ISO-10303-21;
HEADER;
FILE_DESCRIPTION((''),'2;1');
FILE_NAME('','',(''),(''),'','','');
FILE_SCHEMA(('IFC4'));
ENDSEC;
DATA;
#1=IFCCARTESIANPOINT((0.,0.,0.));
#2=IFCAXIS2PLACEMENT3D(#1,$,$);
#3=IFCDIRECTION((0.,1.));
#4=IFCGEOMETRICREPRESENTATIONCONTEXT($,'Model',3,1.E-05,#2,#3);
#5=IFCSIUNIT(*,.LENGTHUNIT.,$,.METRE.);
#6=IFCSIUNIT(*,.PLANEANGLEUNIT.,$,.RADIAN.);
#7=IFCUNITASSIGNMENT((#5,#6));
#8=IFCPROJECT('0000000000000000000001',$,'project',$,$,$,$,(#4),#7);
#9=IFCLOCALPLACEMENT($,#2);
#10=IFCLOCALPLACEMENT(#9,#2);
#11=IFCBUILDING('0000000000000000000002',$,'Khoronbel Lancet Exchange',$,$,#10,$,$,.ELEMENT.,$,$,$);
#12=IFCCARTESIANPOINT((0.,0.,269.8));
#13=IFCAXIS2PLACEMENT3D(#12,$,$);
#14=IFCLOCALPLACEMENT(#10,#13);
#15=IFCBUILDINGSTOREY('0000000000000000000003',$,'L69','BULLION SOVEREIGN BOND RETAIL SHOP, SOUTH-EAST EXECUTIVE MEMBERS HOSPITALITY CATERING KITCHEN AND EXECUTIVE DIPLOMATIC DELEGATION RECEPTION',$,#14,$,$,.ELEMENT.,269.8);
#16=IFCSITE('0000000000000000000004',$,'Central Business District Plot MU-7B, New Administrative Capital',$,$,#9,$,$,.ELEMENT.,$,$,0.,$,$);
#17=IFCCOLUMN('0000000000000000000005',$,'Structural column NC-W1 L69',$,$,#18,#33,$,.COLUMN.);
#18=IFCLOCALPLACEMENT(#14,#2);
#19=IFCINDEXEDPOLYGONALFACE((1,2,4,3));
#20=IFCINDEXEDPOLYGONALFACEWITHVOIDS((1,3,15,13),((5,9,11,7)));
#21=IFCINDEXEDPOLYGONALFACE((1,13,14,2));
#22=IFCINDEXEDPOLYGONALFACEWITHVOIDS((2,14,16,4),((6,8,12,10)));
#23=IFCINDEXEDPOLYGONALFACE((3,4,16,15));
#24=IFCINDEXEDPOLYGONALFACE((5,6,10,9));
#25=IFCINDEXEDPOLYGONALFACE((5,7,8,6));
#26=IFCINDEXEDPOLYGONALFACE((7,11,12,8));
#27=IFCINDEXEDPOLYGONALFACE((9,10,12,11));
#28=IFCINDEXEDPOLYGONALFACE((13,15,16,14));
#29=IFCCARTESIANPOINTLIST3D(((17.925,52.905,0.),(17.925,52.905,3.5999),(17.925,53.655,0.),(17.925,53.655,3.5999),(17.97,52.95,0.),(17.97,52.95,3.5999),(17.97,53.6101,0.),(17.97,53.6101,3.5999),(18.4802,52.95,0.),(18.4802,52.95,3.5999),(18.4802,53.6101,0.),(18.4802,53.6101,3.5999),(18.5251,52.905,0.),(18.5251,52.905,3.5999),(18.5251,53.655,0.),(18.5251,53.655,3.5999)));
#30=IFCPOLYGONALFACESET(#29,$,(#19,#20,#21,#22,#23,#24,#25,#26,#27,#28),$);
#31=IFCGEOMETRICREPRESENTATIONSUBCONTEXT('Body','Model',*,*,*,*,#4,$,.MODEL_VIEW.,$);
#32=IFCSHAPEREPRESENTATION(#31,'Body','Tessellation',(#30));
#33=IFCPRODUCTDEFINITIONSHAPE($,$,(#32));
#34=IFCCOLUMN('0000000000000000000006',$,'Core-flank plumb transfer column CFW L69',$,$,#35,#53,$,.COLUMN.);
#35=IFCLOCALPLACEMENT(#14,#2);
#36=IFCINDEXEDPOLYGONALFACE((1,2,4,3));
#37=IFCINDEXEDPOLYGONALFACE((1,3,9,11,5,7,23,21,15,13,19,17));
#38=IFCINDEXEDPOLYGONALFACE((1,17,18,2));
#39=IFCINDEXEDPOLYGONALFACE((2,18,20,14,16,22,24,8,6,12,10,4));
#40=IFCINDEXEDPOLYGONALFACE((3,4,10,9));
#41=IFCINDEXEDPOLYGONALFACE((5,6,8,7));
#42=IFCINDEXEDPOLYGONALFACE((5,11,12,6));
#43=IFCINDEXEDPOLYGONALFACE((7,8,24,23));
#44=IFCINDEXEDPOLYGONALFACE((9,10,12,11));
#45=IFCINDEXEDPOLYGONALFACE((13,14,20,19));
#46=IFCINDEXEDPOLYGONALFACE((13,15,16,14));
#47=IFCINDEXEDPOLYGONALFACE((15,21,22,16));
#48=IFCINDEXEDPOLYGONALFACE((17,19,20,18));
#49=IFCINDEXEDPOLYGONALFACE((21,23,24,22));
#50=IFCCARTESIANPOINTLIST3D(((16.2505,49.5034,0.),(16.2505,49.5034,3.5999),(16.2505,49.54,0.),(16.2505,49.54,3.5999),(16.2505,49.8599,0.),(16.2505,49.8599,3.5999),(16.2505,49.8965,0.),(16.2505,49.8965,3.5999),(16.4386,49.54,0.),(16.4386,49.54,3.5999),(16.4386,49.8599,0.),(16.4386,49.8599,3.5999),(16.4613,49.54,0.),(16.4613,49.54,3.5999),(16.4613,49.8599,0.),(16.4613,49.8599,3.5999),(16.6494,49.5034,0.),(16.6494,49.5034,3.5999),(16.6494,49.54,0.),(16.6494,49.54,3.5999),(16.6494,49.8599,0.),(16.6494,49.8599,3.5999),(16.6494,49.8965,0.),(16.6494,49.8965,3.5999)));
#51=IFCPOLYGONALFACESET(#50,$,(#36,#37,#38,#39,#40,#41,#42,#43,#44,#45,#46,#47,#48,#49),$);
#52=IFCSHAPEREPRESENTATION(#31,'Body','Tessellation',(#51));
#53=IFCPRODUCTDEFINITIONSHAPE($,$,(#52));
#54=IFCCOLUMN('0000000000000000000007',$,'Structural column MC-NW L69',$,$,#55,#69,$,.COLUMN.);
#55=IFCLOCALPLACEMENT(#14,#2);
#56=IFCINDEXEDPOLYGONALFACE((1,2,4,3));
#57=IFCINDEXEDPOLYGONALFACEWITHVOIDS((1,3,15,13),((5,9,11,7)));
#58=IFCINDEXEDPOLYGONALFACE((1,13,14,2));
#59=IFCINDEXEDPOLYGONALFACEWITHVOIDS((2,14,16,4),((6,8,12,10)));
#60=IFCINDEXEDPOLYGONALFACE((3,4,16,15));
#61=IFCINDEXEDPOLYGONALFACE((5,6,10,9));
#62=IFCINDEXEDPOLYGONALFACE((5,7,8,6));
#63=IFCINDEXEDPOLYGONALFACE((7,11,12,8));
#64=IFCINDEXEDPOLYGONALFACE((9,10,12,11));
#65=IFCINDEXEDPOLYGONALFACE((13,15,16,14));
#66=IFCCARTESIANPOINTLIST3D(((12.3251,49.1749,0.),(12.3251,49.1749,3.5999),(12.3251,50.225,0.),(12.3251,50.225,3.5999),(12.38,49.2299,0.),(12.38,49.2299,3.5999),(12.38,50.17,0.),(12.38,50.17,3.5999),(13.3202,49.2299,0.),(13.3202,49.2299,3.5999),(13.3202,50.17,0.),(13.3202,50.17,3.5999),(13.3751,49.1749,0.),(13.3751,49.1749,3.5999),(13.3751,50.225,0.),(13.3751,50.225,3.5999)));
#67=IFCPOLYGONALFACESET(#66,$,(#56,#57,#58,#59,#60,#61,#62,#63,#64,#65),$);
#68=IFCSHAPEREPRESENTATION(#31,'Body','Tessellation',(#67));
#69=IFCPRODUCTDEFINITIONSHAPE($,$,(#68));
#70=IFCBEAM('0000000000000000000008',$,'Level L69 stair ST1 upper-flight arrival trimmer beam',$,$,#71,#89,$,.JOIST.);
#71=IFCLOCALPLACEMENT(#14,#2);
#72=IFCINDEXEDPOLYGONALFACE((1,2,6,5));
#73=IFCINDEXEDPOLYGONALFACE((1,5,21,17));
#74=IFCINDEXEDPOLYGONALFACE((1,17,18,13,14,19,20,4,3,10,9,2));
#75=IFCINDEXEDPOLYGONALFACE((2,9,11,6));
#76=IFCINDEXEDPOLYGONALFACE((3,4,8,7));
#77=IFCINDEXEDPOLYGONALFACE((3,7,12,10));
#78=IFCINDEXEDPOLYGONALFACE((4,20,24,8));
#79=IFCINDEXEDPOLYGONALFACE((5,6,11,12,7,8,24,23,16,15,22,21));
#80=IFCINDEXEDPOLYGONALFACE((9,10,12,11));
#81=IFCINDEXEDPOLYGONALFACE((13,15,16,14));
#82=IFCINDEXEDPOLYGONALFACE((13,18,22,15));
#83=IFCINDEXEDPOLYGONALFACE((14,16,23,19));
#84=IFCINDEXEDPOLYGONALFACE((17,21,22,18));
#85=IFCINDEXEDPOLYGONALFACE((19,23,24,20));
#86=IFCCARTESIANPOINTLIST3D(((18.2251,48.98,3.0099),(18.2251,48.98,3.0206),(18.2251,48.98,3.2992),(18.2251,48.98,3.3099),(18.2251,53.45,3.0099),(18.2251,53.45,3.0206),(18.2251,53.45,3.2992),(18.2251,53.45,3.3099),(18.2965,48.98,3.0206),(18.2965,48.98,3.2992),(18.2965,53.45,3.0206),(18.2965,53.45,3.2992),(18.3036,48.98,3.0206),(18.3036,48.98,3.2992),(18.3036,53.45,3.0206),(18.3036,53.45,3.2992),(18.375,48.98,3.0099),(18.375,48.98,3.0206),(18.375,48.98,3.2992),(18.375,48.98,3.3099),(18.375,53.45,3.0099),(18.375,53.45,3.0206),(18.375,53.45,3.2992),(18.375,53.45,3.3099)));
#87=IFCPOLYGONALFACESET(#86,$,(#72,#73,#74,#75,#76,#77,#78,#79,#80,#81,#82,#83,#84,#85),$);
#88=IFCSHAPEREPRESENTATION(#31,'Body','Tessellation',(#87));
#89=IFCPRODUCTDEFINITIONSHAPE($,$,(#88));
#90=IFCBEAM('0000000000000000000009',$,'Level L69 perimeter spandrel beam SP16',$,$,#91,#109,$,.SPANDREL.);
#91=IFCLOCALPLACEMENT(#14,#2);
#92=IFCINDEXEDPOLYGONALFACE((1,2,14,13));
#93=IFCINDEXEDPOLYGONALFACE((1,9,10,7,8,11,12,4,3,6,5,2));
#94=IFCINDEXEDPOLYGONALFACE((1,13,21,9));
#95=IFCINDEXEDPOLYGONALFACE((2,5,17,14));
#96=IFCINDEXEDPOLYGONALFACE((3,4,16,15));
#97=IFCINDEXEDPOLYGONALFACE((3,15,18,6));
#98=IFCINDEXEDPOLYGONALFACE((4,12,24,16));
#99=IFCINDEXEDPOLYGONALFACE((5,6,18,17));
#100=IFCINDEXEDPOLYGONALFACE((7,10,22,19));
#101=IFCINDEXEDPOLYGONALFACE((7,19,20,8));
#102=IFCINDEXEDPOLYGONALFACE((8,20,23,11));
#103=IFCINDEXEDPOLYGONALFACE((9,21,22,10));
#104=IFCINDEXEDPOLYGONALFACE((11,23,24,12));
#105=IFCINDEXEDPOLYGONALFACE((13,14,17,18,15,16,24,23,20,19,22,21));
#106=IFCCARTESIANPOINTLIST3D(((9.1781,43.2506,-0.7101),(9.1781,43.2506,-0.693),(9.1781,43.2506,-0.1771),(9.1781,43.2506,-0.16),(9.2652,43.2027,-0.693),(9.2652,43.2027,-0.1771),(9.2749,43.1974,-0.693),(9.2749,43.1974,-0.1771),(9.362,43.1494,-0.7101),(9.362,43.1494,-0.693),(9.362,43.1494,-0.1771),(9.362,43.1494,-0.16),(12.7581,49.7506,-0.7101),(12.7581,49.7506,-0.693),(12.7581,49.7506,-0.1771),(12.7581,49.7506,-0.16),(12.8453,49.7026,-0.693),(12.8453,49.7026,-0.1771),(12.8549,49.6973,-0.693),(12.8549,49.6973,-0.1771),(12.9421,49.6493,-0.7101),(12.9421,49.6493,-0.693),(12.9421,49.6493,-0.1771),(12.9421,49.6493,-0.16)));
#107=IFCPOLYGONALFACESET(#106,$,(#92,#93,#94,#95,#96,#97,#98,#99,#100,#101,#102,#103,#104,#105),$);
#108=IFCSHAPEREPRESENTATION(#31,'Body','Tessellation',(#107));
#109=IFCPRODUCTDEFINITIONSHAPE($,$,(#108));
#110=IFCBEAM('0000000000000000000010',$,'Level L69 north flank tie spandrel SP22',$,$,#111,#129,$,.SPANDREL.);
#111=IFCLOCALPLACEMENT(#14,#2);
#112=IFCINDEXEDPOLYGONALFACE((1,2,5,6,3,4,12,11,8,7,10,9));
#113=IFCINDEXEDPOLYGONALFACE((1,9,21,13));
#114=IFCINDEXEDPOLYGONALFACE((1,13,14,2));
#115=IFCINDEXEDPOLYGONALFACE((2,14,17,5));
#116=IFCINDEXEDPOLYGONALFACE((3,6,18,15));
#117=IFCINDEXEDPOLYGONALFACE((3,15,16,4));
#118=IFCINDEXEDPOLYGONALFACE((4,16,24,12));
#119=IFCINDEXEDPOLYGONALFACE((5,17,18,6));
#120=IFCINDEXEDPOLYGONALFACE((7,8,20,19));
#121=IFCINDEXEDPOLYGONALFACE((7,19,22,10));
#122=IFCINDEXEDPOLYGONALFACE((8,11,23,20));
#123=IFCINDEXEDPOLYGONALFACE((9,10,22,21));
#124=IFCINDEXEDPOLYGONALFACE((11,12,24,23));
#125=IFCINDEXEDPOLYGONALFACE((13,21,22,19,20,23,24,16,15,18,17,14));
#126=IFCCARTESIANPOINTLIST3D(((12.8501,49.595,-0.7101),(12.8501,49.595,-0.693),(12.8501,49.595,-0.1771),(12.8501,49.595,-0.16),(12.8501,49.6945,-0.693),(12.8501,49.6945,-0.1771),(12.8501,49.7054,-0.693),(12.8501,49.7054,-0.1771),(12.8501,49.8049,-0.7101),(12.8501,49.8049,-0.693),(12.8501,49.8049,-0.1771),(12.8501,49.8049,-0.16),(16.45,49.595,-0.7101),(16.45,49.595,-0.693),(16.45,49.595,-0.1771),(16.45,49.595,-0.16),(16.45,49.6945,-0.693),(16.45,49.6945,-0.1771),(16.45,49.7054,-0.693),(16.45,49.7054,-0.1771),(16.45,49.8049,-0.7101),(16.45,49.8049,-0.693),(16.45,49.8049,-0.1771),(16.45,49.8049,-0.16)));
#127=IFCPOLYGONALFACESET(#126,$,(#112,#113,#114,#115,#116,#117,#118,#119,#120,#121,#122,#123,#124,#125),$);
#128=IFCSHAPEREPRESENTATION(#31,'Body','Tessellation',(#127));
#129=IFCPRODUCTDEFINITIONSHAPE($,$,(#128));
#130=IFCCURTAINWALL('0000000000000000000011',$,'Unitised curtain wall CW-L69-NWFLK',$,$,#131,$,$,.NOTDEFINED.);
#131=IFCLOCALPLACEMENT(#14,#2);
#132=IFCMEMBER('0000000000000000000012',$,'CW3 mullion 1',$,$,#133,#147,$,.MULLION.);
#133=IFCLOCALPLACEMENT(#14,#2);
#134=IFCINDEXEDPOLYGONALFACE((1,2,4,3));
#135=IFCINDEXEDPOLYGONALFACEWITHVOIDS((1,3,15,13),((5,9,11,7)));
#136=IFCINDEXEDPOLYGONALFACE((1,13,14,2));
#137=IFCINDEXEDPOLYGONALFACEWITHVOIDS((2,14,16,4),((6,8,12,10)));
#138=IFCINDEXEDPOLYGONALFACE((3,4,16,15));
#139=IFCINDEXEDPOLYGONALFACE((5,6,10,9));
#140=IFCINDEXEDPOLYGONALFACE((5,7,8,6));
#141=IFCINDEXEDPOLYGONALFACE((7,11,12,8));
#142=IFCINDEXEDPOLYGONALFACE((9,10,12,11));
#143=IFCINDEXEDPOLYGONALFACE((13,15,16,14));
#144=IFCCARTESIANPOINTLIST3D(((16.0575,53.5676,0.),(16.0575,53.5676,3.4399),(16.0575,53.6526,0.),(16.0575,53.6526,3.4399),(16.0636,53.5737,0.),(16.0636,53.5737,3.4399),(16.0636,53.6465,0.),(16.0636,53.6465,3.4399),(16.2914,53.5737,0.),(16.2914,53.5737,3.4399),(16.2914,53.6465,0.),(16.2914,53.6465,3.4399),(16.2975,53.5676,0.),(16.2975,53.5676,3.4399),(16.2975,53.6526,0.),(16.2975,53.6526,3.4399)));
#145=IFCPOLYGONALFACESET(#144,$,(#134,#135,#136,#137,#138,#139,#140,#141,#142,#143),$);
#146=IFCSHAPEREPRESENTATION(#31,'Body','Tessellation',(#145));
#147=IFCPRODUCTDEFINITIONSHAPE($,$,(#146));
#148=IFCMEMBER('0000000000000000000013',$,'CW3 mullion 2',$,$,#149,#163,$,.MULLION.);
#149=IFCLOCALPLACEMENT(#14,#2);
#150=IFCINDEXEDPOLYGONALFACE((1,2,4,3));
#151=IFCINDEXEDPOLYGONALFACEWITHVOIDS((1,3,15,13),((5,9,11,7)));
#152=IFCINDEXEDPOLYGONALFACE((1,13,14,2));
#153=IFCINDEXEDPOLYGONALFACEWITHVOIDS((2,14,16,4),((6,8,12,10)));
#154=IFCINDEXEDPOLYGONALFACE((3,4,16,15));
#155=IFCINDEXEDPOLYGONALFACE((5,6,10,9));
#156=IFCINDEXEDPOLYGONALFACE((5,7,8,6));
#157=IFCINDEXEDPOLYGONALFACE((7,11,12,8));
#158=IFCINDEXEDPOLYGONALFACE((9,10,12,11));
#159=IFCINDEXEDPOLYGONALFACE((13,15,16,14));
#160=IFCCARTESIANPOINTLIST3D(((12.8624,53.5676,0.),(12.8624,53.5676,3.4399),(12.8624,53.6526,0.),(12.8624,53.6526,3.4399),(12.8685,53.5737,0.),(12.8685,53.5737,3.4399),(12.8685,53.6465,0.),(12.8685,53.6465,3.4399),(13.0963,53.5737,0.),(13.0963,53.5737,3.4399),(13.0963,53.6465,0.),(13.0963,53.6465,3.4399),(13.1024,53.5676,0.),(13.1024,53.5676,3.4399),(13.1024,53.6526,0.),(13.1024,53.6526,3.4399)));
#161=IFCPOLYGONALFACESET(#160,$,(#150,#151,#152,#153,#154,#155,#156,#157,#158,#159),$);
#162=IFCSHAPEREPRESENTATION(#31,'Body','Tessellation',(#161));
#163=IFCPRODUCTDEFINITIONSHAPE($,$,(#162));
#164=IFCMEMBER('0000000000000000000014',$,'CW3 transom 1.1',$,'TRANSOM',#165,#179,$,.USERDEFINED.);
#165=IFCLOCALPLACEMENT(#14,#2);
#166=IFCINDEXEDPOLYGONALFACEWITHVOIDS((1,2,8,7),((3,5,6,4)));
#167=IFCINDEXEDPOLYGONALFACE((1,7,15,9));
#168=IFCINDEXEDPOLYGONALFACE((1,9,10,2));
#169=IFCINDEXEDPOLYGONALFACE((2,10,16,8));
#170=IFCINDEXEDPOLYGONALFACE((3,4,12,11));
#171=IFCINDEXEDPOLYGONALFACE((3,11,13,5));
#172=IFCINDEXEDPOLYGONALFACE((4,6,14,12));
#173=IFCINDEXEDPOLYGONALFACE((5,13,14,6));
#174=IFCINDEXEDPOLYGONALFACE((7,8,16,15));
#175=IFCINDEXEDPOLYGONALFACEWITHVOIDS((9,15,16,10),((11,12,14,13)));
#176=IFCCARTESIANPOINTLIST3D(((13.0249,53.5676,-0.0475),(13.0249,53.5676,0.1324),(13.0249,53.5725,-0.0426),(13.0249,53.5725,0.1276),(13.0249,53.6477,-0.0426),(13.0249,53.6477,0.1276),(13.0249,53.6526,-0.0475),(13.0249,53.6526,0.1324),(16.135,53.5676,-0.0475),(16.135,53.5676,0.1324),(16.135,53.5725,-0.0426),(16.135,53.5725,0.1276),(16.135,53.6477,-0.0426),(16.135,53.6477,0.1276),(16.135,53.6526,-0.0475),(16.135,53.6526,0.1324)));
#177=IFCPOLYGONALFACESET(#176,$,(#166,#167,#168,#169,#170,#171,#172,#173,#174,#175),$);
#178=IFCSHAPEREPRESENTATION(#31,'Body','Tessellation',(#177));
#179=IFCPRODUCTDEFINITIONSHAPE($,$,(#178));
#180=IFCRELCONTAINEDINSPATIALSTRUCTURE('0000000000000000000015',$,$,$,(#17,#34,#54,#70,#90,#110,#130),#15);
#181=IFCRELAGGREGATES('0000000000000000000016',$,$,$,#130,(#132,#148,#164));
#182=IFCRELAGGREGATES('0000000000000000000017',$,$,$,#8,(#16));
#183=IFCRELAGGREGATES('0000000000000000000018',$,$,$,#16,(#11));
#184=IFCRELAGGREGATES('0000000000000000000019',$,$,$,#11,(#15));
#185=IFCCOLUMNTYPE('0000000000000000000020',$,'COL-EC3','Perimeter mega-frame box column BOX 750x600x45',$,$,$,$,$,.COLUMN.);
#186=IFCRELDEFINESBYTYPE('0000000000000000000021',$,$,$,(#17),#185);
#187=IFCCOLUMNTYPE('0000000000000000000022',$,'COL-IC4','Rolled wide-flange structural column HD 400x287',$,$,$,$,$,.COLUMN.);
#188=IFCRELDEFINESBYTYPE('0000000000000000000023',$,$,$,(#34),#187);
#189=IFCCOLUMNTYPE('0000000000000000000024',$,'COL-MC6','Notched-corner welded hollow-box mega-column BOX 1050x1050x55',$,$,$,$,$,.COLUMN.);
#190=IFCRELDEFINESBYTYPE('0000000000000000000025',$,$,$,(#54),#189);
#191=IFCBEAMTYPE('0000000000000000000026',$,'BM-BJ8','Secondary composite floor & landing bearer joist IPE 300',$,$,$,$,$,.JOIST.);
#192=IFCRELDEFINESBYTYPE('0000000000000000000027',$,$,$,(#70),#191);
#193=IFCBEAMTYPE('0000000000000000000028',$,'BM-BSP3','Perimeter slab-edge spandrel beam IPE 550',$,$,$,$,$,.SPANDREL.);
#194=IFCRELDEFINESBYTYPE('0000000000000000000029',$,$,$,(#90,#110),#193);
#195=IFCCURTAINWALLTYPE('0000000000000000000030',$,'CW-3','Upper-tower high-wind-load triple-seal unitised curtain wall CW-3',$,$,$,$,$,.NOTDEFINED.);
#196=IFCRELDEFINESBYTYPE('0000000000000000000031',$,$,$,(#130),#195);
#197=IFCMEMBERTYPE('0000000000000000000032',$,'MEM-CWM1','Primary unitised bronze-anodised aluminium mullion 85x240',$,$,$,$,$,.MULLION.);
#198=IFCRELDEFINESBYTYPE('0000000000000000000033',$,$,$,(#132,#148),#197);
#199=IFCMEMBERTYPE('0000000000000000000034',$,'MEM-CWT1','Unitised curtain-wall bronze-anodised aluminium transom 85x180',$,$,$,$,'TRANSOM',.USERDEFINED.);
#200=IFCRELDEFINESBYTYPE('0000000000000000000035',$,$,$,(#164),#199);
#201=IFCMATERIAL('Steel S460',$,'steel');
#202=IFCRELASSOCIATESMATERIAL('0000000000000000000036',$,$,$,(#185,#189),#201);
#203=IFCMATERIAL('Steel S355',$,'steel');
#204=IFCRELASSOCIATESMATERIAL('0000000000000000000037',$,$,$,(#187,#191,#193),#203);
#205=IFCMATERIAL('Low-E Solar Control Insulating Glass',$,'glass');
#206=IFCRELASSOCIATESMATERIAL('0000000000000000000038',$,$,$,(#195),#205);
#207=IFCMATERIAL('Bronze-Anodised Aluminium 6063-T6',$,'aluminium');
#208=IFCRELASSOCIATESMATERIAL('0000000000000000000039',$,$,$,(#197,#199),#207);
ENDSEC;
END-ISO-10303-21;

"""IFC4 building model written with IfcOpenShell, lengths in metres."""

from ifc_helpers import new_model, si_unit, direction, frame, origin, origin_2d, place, context, subcontext, project, spatial, hollow_rectangle, i_section, extrude, material, material_profile, profile_set, type_object, element, aggregate, save


model = new_model("IFC4")

# Units and contexts
model_context = context("Model", 3, precision=1e-05, world=origin(), true_north=direction((0.0, 1.0)))
body_context = subcontext(model_context, "Body", "Model", "MODEL_VIEW")
ifc_project = project(units=[si_unit("LENGTHUNIT", "METRE"), si_unit("PLANEANGLEUNIT", "RADIAN")], contexts=[model_context])

# Site, building, storey
site_placement = place(None, origin())
site = spatial("IfcSite", under=ifc_project, at=site_placement, Name="Central Business District Plot MU-7B, New Administrative Capital", CompositionType="ELEMENT", RefElevation=0.0)
building_placement = place(site_placement, origin())
building = spatial("IfcBuilding", under=site, at=building_placement, Name="Khoronbel Lancet Exchange", CompositionType="ELEMENT")
storey_placement = place(building_placement, frame((0.0, 0.0, 269.8)))
storey = spatial("IfcBuildingStorey", under=building, at=storey_placement, Name="L69", Description="BULLION SOVEREIGN BOND RETAIL SHOP, SOUTH-EAST EXECUTIVE MEMBERS HOSPITALITY CATERING KITCHEN AND EXECUTIVE DIPLOMATIC DELEGATION RECEPTION", CompositionType="ELEMENT", Elevation=269.8)

# Columns
ifc_material_1 = material(Name="Steel S460", Category="steel")
ifc_material_profile_1 = material_profile(ifc_material_1, hollow_rectangle(XDim=0.6001, YDim=0.75, WallThickness=0.0449, at=origin_2d()), Name="BOX 750x600x45")
ifc_profile_set_1 = profile_set([ifc_material_profile_1], Name="Steel S460")
column_type_1 = type_object("IfcColumnType", Name="COL-EC3", Description="Perimeter mega-frame box column BOX 750x600x45", PredefinedType="COLUMN", material=ifc_profile_set_1)
column_1_placement = place(storey_placement, frame((18.2251, 53.28, 0.0), z_axis=(0.0, 0.0, 1.0), x_axis=(1.0, 0.0, 0.0)))
element("IfcColumn", 1, at=column_1_placement, inside=storey, type_object=column_type_1, Name="Structural column NC-W1 L69", PredefinedType="COLUMN", context=body_context, shape_type="SweptSolid", body=[
    extrude(hollow_rectangle(XDim=0.6001, YDim=0.75, WallThickness=0.0449, at=origin_2d()), origin(), (0.0, 0.0, 1.0), 3.5999),
])
ifc_material_2 = material(Name="Steel S355", Category="steel")
ifc_material_profile_2 = material_profile(ifc_material_2, i_section(OverallWidth=0.3989, OverallDepth=0.3931, WebThickness=0.0227, FlangeThickness=0.0366, at=origin_2d()), Name="HD 400x287")
ifc_profile_set_2 = profile_set([ifc_material_profile_2], Name="Steel S355")
column_type_2 = type_object("IfcColumnType", Name="COL-IC4", Description="Rolled wide-flange structural column HD 400x287", PredefinedType="COLUMN", material=ifc_profile_set_2)
column_2_placement = place(storey_placement, frame((16.45, 49.7, 0.0), z_axis=(0.0, 0.0, 1.0), x_axis=(1.0, 0.0, 0.0)))
element("IfcColumn", 2, at=column_2_placement, inside=storey, type_object=column_type_2, Name="Core-flank plumb transfer column CFW L69", PredefinedType="COLUMN", context=body_context, shape_type="SweptSolid", body=[
    extrude(i_section(OverallWidth=0.3989, OverallDepth=0.3931, WebThickness=0.0227, FlangeThickness=0.0366, at=origin_2d()), origin(), (0.0, 0.0, 1.0), 3.5999),
])
ifc_material_profile_3 = material_profile(ifc_material_1, hollow_rectangle(XDim=1.05, YDim=1.05, WallThickness=0.0549, at=origin_2d()), Name="BOX 1050x1050x55")
ifc_profile_set_3 = profile_set([ifc_material_profile_3], Name="Steel S460")
column_type_3 = type_object("IfcColumnType", Name="COL-MC6", Description="Notched-corner welded hollow-box mega-column BOX 1050x1050x55", PredefinedType="COLUMN", material=ifc_profile_set_3)
column_3_placement = place(storey_placement, frame((12.8501, 49.7, 0.0), z_axis=(0.0, 0.0, 1.0), x_axis=(1.0, 0.0, 0.0)))
element("IfcColumn", 3, at=column_3_placement, inside=storey, type_object=column_type_3, Name="Structural column MC-NW L69", PredefinedType="COLUMN", context=body_context, shape_type="SweptSolid", body=[
    extrude(hollow_rectangle(XDim=1.05, YDim=1.05, WallThickness=0.0549, at=origin_2d()), origin(), (0.0, 0.0, 1.0), 3.5999),
])

# Beams
ifc_material_profile_4 = material_profile(ifc_material_2, i_section(OverallWidth=0.1499, OverallDepth=0.3, WebThickness=0.0071, FlangeThickness=0.0107, at=origin_2d()), Name="IPE 300")
ifc_profile_set_4 = profile_set([ifc_material_profile_4], Name="Steel S355")
beam_type_1 = type_object("IfcBeamType", Name="BM-BJ8", Description="Secondary composite floor & landing bearer joist IPE 300", PredefinedType="JOIST", material=ifc_profile_set_4)
beam_1_placement = place(storey_placement, frame((18.3, 48.98, 3.1599), z_axis=(0.0, 1.0, 0.0), x_axis=(-1.0, 0.0, 0.0)))
element("IfcBeam", 4, at=beam_1_placement, inside=storey, type_object=beam_type_1, Name="Level L69 stair ST1 upper-flight arrival trimmer beam", PredefinedType="JOIST", context=body_context, shape_type="SweptSolid", body=[
    extrude(i_section(OverallWidth=0.1499, OverallDepth=0.3, WebThickness=0.0071, FlangeThickness=0.0107, at=origin_2d()), origin(), (0.0, 0.0, 1.0), 4.47),
])
ifc_material_profile_5 = material_profile(ifc_material_2, i_section(OverallWidth=0.21, OverallDepth=0.55, WebThickness=0.011, FlangeThickness=0.0171, at=origin_2d()), Name="IPE 550")
ifc_profile_set_5 = profile_set([ifc_material_profile_5], Name="Steel S355")
beam_type_2 = type_object("IfcBeamType", Name="BM-BSP3", Description="Perimeter slab-edge spandrel beam IPE 550", PredefinedType="SPANDREL", material=ifc_profile_set_5)
beam_2_placement = place(storey_placement, frame((12.8501, 49.7, -0.4351), z_axis=(-0.482444, -0.875927, 0.0), x_axis=(0.875927, -0.482444, 0.0)))
element("IfcBeam", 5, at=beam_2_placement, inside=storey, type_object=beam_type_2, Name="Level L69 perimeter spandrel beam SP16", PredefinedType="SPANDREL", context=body_context, shape_type="SweptSolid", body=[
    extrude(i_section(OverallWidth=0.21, OverallDepth=0.55, WebThickness=0.011, FlangeThickness=0.0171, at=origin_2d()), origin(), (0.0, 0.0, 1.0), 7.4207),
])
beam_3_placement = place(storey_placement, frame((12.8501, 49.7, -0.4351), z_axis=(1.0, 0.0, 0.0), x_axis=(0.0, 1.0, 0.0)))
element("IfcBeam", 6, at=beam_3_placement, inside=storey, type_object=beam_type_2, Name="Level L69 north flank tie spandrel SP22", PredefinedType="SPANDREL", context=body_context, shape_type="SweptSolid", body=[
    extrude(i_section(OverallWidth=0.21, OverallDepth=0.55, WebThickness=0.011, FlangeThickness=0.0171, at=origin_2d()), origin(), (0.0, 0.0, 1.0), 3.5999),
])

# Curtain wall, members
ifc_material_3 = material(Name="Low-E Solar Control Insulating Glass", Category="glass")
curtain_wall_type = type_object("IfcCurtainWallType", Name="CW-3", Description="Upper-tower high-wind-load triple-seal unitised curtain wall CW-3", PredefinedType="NOTDEFINED", material=ifc_material_3)
curtain_wall_placement = place(storey_placement, origin())
curtain_wall = element("IfcCurtainWall", 7, at=curtain_wall_placement, inside=storey, type_object=curtain_wall_type, Name="Unitised curtain wall CW-L69-NWFLK", PredefinedType="NOTDEFINED")
ifc_material_4 = material(Name="Bronze-Anodised Aluminium 6063-T6", Category="aluminium")
ifc_material_profile_6 = material_profile(ifc_material_4, hollow_rectangle(XDim=0.085, YDim=0.24, WallThickness=0.0061, at=origin_2d()), Name="ALU MULLION 85x240")
ifc_profile_set_6 = profile_set([ifc_material_profile_6], Name="Bronze-Anodised Aluminium 6063-T6")
member_type_1 = type_object("IfcMemberType", Name="MEM-CWM1", Description="Primary unitised bronze-anodised aluminium mullion 85x240", PredefinedType="MULLION", material=ifc_profile_set_6)
member_1_placement = place(storey_placement, frame((16.1775, 53.6101, 0.0), z_axis=(0.0, 0.0, 1.0), x_axis=(0.0, -1.0, 0.0)))
member_1 = element("IfcMember", 8, at=member_1_placement, type_object=member_type_1, Name="CW3 mullion 1", PredefinedType="MULLION", context=body_context, shape_type="SweptSolid", body=[
    extrude(hollow_rectangle(XDim=0.085, YDim=0.24, WallThickness=0.0061, at=origin_2d()), origin(), (0.0, 0.0, 1.0), 3.4399),
])
member_2_placement = place(storey_placement, frame((12.9824, 53.6101, 0.0), z_axis=(0.0, 0.0, 1.0), x_axis=(0.0, -1.0, 0.0)))
member_2 = element("IfcMember", 9, at=member_2_placement, type_object=member_type_1, Name="CW3 mullion 2", PredefinedType="MULLION", context=body_context, shape_type="SweptSolid", body=[
    extrude(hollow_rectangle(XDim=0.085, YDim=0.24, WallThickness=0.0061, at=origin_2d()), origin(), (0.0, 0.0, 1.0), 3.4399),
])
ifc_material_profile_7 = material_profile(ifc_material_4, hollow_rectangle(XDim=0.085, YDim=0.1799, WallThickness=0.0049, at=origin_2d()), Name="ALU TRANSOM 85x180")
ifc_profile_set_7 = profile_set([ifc_material_profile_7], Name="Bronze-Anodised Aluminium 6063-T6")
member_type_2 = type_object("IfcMemberType", Name="MEM-CWT1", Description="Unitised curtain-wall bronze-anodised aluminium transom 85x180", ElementType="TRANSOM", PredefinedType="USERDEFINED", material=ifc_profile_set_7)
member_3_placement = place(storey_placement, frame((16.135, 53.6101, 0.0425), z_axis=(-1.0, 0.0, 0.0), x_axis=(0.0, -1.0, 0.0)))
member_3 = element("IfcMember", 10, at=member_3_placement, type_object=member_type_2, Name="CW3 transom 1.1", ObjectType="TRANSOM", PredefinedType="USERDEFINED", context=body_context, shape_type="SweptSolid", body=[
    extrude(hollow_rectangle(XDim=0.085, YDim=0.1799, WallThickness=0.0049, at=origin_2d()), origin(), (0.0, 0.0, 1.0), 3.1101),
])
aggregate(curtain_wall, [member_1, member_2, member_3])

save(model, "model.ifc")
